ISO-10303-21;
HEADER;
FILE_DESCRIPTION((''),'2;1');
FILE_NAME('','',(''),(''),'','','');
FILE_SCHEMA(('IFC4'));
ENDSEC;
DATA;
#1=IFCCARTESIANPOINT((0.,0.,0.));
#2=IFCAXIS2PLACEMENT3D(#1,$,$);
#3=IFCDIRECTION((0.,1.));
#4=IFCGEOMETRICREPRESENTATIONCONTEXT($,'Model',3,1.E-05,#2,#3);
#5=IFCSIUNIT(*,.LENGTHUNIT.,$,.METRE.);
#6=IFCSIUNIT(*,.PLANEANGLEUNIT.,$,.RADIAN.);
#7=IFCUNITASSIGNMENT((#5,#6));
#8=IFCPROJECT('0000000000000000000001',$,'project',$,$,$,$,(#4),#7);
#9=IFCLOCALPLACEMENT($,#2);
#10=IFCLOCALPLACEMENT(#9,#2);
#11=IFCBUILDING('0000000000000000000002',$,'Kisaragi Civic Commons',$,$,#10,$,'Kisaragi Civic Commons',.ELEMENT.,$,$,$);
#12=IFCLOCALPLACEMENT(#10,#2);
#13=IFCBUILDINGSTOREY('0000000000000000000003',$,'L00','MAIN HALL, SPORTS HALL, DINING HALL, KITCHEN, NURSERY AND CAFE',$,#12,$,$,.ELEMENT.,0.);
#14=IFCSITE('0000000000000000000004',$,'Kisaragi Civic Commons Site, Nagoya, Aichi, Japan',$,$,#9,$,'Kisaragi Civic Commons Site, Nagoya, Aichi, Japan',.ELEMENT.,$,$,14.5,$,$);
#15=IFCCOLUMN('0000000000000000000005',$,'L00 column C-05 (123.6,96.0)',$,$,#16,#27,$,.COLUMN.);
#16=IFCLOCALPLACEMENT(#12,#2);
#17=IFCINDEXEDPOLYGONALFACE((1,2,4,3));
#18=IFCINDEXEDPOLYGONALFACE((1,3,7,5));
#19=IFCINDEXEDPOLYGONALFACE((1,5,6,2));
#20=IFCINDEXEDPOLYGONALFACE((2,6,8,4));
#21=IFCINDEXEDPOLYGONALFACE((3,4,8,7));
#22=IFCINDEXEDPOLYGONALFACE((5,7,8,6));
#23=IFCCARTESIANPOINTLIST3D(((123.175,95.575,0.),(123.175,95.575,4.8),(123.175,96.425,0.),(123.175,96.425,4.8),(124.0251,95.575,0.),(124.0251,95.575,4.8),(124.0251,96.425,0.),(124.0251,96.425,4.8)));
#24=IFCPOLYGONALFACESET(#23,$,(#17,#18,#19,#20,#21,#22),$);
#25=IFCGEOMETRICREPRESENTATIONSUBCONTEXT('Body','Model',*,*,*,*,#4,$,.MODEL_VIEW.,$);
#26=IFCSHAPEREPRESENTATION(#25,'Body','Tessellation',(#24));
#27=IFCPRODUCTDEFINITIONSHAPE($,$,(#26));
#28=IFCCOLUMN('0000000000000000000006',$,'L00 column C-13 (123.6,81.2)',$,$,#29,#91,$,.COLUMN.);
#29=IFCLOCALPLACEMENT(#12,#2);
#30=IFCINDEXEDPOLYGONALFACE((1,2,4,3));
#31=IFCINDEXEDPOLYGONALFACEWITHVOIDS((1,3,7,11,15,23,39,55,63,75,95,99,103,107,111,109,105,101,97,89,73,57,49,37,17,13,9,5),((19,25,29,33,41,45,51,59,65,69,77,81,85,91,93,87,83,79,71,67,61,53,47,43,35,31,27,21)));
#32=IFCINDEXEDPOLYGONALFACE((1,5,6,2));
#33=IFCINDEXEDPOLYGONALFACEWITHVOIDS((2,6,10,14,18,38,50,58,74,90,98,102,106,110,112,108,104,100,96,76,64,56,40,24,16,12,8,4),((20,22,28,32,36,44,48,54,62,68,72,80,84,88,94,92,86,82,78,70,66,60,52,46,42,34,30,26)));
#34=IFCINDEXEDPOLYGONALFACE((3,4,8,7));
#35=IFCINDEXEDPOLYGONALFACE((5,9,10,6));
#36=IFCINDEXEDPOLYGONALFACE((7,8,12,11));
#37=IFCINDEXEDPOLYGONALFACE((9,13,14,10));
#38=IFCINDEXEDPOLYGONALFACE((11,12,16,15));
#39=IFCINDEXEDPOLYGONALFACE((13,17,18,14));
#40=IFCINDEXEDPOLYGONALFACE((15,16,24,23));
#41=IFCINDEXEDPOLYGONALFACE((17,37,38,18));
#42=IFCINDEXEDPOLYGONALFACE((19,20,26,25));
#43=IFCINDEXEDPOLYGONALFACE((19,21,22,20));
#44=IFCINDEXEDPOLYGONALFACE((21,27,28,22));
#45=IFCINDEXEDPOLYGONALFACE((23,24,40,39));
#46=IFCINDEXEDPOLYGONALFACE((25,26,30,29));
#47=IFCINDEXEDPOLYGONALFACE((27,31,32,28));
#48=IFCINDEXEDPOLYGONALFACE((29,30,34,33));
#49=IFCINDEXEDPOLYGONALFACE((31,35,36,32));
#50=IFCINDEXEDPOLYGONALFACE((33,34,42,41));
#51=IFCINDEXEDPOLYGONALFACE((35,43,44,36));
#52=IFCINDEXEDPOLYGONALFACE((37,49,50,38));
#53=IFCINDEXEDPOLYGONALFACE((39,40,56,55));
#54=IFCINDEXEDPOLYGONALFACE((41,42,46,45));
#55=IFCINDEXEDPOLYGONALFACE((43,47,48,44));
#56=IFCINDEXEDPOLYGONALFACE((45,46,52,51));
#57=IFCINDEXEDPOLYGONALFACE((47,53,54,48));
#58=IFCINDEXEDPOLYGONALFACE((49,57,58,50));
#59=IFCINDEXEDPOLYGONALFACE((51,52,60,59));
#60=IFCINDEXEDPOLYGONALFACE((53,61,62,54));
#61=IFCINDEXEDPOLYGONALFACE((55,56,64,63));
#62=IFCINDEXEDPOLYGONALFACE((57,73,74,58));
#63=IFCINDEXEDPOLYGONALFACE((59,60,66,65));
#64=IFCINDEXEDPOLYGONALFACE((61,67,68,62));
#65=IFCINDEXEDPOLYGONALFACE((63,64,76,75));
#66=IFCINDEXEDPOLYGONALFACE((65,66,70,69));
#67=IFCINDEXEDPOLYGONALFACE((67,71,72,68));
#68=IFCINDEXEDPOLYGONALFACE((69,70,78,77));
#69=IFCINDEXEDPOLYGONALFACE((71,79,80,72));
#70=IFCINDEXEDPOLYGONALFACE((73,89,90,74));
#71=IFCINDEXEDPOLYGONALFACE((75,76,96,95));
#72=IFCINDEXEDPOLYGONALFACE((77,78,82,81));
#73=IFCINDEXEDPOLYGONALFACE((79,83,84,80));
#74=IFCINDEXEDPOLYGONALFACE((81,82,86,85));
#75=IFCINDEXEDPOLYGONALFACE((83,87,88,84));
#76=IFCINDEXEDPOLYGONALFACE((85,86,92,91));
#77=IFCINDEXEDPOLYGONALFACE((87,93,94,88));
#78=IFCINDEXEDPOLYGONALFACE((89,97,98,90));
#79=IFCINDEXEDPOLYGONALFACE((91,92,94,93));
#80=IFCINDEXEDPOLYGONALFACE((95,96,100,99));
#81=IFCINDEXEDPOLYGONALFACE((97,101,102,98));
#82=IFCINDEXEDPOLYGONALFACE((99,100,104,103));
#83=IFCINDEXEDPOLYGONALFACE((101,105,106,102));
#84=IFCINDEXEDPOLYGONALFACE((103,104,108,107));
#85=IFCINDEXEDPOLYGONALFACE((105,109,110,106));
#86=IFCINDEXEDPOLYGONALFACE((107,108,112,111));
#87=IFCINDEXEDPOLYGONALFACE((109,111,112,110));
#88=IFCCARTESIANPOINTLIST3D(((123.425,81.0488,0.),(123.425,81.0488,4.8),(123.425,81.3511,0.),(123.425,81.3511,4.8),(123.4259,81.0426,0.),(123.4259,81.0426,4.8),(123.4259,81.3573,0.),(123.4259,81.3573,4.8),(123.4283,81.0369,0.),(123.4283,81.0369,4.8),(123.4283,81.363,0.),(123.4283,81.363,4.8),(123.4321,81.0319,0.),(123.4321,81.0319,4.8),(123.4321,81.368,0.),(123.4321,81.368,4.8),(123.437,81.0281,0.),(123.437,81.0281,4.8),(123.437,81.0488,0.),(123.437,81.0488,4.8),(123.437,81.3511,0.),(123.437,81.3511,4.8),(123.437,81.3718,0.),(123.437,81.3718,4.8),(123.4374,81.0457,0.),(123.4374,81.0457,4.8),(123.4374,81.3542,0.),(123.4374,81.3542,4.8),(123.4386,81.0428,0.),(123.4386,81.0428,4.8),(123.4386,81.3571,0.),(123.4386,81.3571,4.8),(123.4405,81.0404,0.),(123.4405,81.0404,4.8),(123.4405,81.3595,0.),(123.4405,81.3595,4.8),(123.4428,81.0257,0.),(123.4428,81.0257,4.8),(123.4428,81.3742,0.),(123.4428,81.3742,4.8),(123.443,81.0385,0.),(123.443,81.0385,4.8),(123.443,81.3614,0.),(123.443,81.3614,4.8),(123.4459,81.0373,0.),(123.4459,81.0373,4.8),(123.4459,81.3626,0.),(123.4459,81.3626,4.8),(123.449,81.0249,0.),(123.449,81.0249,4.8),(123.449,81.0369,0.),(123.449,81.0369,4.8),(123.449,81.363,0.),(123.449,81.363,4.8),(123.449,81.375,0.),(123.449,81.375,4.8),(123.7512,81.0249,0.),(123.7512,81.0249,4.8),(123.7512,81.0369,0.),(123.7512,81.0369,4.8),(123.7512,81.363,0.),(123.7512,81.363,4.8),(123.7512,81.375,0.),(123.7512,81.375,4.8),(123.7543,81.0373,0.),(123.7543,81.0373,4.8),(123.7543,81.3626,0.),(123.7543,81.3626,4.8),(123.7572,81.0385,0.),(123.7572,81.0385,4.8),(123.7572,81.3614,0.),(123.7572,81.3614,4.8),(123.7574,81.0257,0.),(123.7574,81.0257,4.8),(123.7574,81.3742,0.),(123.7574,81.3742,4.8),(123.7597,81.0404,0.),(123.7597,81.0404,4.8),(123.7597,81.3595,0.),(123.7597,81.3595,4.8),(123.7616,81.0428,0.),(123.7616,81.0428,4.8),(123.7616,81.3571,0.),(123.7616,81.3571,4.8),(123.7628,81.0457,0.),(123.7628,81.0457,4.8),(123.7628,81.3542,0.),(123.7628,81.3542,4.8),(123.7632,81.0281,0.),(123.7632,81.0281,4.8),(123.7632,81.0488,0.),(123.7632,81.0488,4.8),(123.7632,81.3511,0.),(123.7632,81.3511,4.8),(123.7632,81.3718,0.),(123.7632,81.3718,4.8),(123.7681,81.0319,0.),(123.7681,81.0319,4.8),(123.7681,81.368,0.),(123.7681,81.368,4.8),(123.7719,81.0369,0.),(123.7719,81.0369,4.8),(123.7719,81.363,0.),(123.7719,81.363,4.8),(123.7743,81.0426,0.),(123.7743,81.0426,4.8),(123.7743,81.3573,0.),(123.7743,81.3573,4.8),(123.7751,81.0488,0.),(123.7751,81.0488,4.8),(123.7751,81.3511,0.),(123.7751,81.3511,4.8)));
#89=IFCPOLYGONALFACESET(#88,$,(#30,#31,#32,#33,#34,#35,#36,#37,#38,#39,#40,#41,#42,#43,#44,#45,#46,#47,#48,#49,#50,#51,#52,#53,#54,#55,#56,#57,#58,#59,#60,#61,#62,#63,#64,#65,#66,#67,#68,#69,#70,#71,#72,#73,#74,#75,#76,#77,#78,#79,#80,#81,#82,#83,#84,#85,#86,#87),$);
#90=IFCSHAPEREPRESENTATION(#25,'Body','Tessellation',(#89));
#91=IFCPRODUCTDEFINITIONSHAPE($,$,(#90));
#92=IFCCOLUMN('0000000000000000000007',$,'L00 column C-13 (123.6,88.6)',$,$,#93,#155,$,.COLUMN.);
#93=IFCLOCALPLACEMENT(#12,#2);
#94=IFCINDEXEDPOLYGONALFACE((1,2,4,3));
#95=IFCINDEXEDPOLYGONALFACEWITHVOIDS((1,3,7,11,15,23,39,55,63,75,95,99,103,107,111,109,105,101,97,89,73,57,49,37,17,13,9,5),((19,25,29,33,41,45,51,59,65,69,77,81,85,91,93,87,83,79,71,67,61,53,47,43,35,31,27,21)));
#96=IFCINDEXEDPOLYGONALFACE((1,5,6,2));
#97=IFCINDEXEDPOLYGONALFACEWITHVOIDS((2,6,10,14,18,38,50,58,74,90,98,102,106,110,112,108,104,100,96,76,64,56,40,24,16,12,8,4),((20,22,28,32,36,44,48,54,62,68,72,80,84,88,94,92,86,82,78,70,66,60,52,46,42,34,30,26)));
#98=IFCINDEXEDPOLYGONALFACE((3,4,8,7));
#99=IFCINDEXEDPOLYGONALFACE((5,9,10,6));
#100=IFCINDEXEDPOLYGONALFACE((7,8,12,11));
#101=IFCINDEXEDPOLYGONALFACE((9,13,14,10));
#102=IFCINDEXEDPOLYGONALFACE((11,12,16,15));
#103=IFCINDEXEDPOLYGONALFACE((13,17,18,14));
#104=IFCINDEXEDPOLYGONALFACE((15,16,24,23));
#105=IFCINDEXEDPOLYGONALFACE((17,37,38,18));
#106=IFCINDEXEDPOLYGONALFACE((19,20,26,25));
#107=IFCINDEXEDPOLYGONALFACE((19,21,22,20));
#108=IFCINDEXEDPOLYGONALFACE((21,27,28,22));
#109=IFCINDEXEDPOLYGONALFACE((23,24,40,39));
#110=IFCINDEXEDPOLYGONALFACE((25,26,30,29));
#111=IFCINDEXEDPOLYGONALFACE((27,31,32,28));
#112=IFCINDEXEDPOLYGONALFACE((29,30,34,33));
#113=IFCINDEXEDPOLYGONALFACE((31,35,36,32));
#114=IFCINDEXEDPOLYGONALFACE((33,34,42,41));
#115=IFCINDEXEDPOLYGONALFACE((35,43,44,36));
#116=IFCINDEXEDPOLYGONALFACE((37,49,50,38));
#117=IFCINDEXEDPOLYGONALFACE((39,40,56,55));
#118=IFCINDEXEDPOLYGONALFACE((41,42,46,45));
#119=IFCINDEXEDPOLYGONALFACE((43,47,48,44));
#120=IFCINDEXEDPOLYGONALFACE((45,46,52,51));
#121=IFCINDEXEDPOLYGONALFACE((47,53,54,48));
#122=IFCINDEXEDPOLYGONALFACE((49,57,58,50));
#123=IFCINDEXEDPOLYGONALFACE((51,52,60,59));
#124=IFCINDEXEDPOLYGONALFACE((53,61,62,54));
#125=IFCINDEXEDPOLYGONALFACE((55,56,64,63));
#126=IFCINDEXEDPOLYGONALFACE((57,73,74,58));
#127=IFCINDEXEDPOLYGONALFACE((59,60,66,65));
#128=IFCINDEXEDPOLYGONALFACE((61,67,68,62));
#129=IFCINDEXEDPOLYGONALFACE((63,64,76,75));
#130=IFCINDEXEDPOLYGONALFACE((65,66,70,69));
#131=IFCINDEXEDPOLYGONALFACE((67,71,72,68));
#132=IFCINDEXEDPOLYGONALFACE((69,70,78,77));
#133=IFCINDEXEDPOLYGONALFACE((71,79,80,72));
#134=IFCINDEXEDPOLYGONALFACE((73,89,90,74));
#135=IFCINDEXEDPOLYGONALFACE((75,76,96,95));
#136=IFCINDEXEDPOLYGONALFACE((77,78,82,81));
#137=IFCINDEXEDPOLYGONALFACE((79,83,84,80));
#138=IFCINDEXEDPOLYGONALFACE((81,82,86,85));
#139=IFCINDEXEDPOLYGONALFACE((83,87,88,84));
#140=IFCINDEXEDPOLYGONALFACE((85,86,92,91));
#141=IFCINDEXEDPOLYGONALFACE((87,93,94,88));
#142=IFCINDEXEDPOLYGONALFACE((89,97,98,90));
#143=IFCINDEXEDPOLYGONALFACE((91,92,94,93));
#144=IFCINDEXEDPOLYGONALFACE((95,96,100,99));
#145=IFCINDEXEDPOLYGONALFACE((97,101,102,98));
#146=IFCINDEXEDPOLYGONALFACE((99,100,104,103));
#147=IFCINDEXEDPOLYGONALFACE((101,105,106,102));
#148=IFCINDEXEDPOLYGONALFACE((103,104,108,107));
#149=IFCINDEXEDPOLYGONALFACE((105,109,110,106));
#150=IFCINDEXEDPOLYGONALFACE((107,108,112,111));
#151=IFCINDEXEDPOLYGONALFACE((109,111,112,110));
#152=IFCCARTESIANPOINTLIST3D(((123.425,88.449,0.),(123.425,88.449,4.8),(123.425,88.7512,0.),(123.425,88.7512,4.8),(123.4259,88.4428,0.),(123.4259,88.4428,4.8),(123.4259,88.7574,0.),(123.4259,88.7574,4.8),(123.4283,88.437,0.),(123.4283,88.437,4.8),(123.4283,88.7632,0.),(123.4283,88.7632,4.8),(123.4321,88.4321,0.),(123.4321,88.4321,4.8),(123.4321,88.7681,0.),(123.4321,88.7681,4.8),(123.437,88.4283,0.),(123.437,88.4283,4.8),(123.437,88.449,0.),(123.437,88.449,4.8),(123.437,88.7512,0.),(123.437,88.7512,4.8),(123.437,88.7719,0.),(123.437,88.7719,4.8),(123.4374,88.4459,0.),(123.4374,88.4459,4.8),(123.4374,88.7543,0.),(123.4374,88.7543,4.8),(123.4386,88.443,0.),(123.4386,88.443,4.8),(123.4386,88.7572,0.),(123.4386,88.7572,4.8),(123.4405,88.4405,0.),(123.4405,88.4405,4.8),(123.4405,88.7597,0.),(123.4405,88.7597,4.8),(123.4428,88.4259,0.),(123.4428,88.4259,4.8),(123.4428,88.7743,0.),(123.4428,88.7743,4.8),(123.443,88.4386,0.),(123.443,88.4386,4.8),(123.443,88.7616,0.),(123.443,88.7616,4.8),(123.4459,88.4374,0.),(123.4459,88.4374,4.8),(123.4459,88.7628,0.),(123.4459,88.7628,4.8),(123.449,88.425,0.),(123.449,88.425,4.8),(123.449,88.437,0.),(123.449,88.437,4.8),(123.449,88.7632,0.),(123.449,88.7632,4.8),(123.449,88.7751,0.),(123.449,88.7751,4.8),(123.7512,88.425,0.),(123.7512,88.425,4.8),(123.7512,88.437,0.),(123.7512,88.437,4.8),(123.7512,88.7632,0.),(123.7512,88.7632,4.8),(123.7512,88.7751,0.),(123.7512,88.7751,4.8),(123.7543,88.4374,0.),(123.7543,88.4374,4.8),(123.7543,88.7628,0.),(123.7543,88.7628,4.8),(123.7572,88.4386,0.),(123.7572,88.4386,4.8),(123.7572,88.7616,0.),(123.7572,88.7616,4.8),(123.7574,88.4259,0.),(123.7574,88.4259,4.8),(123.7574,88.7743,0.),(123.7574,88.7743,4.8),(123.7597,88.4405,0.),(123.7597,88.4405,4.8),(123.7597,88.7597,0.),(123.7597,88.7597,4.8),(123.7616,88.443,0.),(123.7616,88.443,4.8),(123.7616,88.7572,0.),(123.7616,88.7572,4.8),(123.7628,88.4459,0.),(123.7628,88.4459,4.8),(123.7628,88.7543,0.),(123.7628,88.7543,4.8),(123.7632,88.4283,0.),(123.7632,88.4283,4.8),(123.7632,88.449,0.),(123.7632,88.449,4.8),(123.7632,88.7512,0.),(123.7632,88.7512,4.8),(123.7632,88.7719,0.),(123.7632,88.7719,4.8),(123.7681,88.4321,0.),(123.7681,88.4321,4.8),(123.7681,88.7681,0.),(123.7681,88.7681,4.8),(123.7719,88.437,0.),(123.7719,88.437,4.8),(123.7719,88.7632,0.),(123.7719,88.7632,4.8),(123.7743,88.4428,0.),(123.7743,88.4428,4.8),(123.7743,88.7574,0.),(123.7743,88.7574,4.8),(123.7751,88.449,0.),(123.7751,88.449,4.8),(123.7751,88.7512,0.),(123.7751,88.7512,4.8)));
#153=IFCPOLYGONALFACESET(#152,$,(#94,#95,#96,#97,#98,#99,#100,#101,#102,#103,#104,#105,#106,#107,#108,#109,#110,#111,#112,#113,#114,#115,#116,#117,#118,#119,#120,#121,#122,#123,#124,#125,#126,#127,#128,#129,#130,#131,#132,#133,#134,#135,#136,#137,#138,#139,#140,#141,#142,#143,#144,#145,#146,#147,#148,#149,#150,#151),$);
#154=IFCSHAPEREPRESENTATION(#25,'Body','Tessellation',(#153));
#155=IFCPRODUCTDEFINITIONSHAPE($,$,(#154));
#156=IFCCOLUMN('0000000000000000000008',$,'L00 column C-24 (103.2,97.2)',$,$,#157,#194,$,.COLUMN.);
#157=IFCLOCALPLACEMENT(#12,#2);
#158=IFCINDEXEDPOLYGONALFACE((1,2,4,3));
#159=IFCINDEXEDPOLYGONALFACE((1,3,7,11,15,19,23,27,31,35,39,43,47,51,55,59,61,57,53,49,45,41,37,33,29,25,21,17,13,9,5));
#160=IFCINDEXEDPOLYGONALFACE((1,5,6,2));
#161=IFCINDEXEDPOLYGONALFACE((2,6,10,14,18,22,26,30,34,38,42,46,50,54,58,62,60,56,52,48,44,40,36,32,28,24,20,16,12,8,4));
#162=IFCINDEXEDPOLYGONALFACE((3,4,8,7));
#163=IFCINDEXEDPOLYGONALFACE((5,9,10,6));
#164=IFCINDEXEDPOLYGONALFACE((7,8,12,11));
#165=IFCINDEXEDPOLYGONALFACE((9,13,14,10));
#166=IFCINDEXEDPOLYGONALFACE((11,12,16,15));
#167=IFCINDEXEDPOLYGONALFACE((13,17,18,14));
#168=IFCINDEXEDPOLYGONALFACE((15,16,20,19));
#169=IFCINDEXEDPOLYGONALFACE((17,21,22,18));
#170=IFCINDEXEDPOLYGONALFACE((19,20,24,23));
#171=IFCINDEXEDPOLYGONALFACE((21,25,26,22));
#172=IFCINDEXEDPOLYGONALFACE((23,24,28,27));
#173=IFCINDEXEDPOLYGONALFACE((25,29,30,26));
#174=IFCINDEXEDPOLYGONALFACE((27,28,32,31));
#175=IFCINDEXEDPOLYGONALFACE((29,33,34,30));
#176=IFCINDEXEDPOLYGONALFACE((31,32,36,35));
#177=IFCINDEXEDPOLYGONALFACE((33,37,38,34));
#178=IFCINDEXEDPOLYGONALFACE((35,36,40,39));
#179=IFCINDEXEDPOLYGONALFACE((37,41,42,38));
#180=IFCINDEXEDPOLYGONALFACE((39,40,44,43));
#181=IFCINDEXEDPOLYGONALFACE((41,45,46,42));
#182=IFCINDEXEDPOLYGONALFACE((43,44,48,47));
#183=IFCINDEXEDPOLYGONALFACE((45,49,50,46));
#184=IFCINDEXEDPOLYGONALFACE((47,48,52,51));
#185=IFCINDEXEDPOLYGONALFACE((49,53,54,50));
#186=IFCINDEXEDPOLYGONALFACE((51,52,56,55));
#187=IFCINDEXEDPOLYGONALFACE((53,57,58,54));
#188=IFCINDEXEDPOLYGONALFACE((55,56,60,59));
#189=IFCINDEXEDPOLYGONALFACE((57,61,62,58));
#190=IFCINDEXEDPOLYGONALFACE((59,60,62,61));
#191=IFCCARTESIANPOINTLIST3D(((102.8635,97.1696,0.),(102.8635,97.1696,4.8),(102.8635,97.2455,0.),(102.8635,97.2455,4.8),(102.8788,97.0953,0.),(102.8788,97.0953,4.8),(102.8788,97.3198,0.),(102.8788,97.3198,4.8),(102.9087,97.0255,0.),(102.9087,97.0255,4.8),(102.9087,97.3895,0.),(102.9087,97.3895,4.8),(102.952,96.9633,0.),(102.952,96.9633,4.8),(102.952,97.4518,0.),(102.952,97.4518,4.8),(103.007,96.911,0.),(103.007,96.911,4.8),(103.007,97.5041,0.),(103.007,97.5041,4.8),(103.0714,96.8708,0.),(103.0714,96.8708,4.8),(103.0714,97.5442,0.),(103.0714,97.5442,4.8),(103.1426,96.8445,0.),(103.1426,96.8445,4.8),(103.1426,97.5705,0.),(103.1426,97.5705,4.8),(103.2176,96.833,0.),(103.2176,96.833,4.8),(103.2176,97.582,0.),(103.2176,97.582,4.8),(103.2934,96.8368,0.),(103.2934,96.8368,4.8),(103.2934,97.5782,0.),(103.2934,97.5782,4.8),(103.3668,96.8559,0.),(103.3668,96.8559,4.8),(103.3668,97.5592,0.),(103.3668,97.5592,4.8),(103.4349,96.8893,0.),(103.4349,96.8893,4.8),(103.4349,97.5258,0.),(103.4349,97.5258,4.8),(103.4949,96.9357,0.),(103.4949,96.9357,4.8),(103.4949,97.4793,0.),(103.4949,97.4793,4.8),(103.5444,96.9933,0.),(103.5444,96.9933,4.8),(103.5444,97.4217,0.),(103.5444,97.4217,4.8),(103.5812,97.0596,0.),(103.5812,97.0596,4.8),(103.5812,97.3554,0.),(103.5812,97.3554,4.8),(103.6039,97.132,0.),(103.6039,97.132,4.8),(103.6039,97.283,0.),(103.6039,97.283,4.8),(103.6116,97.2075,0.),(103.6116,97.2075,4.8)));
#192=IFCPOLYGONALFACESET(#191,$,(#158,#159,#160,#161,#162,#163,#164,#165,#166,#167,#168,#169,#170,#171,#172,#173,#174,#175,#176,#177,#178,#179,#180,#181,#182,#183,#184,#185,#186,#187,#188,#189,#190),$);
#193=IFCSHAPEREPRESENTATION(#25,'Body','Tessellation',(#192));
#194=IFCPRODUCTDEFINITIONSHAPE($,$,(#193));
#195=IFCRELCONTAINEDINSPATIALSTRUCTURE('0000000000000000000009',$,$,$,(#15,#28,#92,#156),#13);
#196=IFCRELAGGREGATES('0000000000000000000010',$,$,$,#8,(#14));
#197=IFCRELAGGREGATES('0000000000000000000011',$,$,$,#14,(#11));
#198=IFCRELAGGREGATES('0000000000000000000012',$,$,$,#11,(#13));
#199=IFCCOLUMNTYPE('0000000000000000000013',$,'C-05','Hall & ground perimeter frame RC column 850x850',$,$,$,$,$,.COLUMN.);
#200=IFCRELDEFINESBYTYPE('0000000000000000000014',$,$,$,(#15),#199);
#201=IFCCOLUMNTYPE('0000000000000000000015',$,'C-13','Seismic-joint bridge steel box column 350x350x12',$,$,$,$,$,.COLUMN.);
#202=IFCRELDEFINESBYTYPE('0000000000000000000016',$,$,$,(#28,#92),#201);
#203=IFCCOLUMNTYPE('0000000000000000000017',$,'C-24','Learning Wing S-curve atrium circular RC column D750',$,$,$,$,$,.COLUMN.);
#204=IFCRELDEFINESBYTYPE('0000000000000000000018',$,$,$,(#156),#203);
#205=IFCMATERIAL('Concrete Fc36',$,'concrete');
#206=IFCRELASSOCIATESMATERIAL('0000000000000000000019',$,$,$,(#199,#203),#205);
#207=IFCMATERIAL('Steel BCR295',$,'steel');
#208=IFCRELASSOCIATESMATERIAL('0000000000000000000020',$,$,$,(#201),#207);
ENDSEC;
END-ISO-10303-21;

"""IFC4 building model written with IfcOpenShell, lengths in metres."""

from ifc_helpers import new_model, si_unit, direction, frame, origin, origin_2d, place, context, subcontext, project, spatial, rectangle, hollow_rectangle, circle, extrude, material, material_profile, profile_set, type_object, element, save


model = new_model("IFC4")

# Units and contexts
model_context = context("Model", 3, precision=1e-05, world=origin(), true_north=direction((0.0, 1.0)))
body_context = subcontext(model_context, "Body", "Model", "MODEL_VIEW")
ifc_project = project(units=[si_unit("LENGTHUNIT", "METRE"), si_unit("PLANEANGLEUNIT", "RADIAN")], contexts=[model_context])

# Site, building, storey
site_placement = place(None, origin())
site = spatial("IfcSite", under=ifc_project, at=site_placement, Name="Kisaragi Civic Commons Site, Nagoya, Aichi, Japan", LongName="Kisaragi Civic Commons Site, Nagoya, Aichi, Japan", CompositionType="ELEMENT", RefElevation=14.5)
building_placement = place(site_placement, origin())
building = spatial("IfcBuilding", under=site, at=building_placement, Name="Kisaragi Civic Commons", LongName="Kisaragi Civic Commons", CompositionType="ELEMENT")
storey_placement = place(building_placement, origin())
storey = spatial("IfcBuildingStorey", under=building, at=storey_placement, Name="L00", Description="MAIN HALL, SPORTS HALL, DINING HALL, KITCHEN, NURSERY AND CAFE", CompositionType="ELEMENT", Elevation=0.0)

# Columns
ifc_material_1 = material(Name="Concrete Fc36", Category="concrete")
ifc_material_profile_1 = material_profile(ifc_material_1, rectangle(XDim=0.8501, YDim=0.8501, at=origin_2d()), Name="RC-850x850", Category="concrete")
ifc_profile_set_1 = profile_set([ifc_material_profile_1], Name="Concrete Fc36")
column_type_1 = type_object("IfcColumnType", Name="C-05", Description="Hall & ground perimeter frame RC column 850x850", PredefinedType="COLUMN", material=ifc_profile_set_1)
column_placement = place(storey_placement, frame((123.6001, 96.0, 0.0), z_axis=(0.0, 0.0, 1.0), x_axis=(1.0, 0.0, 0.0)))
element("IfcColumn", 1, at=column_placement, inside=storey, type_object=column_type_1, Name="L00 column C-05 (123.6,96.0)", PredefinedType="COLUMN", context=body_context, shape_type="SweptSolid", body=[
    extrude(rectangle(XDim=0.8501, YDim=0.8501, at=origin_2d()), origin(), (0.0, 0.0, 1.0), 4.8),
])
ifc_material_2 = material(Name="Steel BCR295", Category="steel")
ifc_material_profile_2 = material_profile(ifc_material_2, hollow_rectangle(XDim=0.3501, YDim=0.3501, WallThickness=0.012, InnerFilletRadius=0.012, OuterFilletRadius=0.0239, at=origin_2d()), Name="BCR-350x350x12", Category="steel")
ifc_profile_set_2 = profile_set([ifc_material_profile_2], Name="Steel BCR295")
column_type_2 = type_object("IfcColumnType", Name="C-13", Description="Seismic-joint bridge steel box column 350x350x12", PredefinedType="COLUMN", material=ifc_profile_set_2)
for number, where, z_axis, x_axis, name in (
    (2, (123.6001, 81.2, 0.0), (0.0, 0.0, 1.0), (1.0, 0.0, 0.0), "L00 column C-13 (123.6,81.2)"),
    (3, (123.6001, 88.6001, 0.0), (0.0, 0.0, 1.0), (1.0, 0.0, 0.0), "L00 column C-13 (123.6,88.6)"),
):
    element("IfcColumn", number, at=place(storey_placement, frame(where, z_axis=z_axis, x_axis=x_axis)), inside=storey, type_object=column_type_2, Name=name, PredefinedType="COLUMN", context=body_context, shape_type="SweptSolid", body=[
        extrude(hollow_rectangle(XDim=0.3501, YDim=0.3501, WallThickness=0.012, InnerFilletRadius=0.012, OuterFilletRadius=0.0239, at=origin_2d()), origin(), (0.0, 0.0, 1.0), 4.8),
    ])
ifc_material_profile_3 = material_profile(ifc_material_1, circle(Radius=0.375, at=origin_2d()), Name="RC-D750", Category="concrete")
ifc_profile_set_3 = profile_set([ifc_material_profile_3], Name="Concrete Fc36")
column_type_3 = type_object("IfcColumnType", Name="C-24", Description="Learning Wing S-curve atrium circular RC column D750", PredefinedType="COLUMN", material=ifc_profile_set_3)
for number, where, z_axis, x_axis, name in (
    (4, (103.2366, 97.2075, 0.0), (0.0, 0.0, 1.0), (1.0, 0.0, 0.0), "L00 column C-24 (103.2,97.2)"),
):
    element("IfcColumn", number, at=place(storey_placement, frame(where, z_axis=z_axis, x_axis=x_axis)), inside=storey, type_object=column_type_3, Name=name, PredefinedType="COLUMN", context=body_context, shape_type="SweptSolid", body=[
        extrude(circle(Radius=0.375, at=origin_2d()), origin(), (0.0, 0.0, 1.0), 4.8),
    ])

save(model, "model.ifc")
